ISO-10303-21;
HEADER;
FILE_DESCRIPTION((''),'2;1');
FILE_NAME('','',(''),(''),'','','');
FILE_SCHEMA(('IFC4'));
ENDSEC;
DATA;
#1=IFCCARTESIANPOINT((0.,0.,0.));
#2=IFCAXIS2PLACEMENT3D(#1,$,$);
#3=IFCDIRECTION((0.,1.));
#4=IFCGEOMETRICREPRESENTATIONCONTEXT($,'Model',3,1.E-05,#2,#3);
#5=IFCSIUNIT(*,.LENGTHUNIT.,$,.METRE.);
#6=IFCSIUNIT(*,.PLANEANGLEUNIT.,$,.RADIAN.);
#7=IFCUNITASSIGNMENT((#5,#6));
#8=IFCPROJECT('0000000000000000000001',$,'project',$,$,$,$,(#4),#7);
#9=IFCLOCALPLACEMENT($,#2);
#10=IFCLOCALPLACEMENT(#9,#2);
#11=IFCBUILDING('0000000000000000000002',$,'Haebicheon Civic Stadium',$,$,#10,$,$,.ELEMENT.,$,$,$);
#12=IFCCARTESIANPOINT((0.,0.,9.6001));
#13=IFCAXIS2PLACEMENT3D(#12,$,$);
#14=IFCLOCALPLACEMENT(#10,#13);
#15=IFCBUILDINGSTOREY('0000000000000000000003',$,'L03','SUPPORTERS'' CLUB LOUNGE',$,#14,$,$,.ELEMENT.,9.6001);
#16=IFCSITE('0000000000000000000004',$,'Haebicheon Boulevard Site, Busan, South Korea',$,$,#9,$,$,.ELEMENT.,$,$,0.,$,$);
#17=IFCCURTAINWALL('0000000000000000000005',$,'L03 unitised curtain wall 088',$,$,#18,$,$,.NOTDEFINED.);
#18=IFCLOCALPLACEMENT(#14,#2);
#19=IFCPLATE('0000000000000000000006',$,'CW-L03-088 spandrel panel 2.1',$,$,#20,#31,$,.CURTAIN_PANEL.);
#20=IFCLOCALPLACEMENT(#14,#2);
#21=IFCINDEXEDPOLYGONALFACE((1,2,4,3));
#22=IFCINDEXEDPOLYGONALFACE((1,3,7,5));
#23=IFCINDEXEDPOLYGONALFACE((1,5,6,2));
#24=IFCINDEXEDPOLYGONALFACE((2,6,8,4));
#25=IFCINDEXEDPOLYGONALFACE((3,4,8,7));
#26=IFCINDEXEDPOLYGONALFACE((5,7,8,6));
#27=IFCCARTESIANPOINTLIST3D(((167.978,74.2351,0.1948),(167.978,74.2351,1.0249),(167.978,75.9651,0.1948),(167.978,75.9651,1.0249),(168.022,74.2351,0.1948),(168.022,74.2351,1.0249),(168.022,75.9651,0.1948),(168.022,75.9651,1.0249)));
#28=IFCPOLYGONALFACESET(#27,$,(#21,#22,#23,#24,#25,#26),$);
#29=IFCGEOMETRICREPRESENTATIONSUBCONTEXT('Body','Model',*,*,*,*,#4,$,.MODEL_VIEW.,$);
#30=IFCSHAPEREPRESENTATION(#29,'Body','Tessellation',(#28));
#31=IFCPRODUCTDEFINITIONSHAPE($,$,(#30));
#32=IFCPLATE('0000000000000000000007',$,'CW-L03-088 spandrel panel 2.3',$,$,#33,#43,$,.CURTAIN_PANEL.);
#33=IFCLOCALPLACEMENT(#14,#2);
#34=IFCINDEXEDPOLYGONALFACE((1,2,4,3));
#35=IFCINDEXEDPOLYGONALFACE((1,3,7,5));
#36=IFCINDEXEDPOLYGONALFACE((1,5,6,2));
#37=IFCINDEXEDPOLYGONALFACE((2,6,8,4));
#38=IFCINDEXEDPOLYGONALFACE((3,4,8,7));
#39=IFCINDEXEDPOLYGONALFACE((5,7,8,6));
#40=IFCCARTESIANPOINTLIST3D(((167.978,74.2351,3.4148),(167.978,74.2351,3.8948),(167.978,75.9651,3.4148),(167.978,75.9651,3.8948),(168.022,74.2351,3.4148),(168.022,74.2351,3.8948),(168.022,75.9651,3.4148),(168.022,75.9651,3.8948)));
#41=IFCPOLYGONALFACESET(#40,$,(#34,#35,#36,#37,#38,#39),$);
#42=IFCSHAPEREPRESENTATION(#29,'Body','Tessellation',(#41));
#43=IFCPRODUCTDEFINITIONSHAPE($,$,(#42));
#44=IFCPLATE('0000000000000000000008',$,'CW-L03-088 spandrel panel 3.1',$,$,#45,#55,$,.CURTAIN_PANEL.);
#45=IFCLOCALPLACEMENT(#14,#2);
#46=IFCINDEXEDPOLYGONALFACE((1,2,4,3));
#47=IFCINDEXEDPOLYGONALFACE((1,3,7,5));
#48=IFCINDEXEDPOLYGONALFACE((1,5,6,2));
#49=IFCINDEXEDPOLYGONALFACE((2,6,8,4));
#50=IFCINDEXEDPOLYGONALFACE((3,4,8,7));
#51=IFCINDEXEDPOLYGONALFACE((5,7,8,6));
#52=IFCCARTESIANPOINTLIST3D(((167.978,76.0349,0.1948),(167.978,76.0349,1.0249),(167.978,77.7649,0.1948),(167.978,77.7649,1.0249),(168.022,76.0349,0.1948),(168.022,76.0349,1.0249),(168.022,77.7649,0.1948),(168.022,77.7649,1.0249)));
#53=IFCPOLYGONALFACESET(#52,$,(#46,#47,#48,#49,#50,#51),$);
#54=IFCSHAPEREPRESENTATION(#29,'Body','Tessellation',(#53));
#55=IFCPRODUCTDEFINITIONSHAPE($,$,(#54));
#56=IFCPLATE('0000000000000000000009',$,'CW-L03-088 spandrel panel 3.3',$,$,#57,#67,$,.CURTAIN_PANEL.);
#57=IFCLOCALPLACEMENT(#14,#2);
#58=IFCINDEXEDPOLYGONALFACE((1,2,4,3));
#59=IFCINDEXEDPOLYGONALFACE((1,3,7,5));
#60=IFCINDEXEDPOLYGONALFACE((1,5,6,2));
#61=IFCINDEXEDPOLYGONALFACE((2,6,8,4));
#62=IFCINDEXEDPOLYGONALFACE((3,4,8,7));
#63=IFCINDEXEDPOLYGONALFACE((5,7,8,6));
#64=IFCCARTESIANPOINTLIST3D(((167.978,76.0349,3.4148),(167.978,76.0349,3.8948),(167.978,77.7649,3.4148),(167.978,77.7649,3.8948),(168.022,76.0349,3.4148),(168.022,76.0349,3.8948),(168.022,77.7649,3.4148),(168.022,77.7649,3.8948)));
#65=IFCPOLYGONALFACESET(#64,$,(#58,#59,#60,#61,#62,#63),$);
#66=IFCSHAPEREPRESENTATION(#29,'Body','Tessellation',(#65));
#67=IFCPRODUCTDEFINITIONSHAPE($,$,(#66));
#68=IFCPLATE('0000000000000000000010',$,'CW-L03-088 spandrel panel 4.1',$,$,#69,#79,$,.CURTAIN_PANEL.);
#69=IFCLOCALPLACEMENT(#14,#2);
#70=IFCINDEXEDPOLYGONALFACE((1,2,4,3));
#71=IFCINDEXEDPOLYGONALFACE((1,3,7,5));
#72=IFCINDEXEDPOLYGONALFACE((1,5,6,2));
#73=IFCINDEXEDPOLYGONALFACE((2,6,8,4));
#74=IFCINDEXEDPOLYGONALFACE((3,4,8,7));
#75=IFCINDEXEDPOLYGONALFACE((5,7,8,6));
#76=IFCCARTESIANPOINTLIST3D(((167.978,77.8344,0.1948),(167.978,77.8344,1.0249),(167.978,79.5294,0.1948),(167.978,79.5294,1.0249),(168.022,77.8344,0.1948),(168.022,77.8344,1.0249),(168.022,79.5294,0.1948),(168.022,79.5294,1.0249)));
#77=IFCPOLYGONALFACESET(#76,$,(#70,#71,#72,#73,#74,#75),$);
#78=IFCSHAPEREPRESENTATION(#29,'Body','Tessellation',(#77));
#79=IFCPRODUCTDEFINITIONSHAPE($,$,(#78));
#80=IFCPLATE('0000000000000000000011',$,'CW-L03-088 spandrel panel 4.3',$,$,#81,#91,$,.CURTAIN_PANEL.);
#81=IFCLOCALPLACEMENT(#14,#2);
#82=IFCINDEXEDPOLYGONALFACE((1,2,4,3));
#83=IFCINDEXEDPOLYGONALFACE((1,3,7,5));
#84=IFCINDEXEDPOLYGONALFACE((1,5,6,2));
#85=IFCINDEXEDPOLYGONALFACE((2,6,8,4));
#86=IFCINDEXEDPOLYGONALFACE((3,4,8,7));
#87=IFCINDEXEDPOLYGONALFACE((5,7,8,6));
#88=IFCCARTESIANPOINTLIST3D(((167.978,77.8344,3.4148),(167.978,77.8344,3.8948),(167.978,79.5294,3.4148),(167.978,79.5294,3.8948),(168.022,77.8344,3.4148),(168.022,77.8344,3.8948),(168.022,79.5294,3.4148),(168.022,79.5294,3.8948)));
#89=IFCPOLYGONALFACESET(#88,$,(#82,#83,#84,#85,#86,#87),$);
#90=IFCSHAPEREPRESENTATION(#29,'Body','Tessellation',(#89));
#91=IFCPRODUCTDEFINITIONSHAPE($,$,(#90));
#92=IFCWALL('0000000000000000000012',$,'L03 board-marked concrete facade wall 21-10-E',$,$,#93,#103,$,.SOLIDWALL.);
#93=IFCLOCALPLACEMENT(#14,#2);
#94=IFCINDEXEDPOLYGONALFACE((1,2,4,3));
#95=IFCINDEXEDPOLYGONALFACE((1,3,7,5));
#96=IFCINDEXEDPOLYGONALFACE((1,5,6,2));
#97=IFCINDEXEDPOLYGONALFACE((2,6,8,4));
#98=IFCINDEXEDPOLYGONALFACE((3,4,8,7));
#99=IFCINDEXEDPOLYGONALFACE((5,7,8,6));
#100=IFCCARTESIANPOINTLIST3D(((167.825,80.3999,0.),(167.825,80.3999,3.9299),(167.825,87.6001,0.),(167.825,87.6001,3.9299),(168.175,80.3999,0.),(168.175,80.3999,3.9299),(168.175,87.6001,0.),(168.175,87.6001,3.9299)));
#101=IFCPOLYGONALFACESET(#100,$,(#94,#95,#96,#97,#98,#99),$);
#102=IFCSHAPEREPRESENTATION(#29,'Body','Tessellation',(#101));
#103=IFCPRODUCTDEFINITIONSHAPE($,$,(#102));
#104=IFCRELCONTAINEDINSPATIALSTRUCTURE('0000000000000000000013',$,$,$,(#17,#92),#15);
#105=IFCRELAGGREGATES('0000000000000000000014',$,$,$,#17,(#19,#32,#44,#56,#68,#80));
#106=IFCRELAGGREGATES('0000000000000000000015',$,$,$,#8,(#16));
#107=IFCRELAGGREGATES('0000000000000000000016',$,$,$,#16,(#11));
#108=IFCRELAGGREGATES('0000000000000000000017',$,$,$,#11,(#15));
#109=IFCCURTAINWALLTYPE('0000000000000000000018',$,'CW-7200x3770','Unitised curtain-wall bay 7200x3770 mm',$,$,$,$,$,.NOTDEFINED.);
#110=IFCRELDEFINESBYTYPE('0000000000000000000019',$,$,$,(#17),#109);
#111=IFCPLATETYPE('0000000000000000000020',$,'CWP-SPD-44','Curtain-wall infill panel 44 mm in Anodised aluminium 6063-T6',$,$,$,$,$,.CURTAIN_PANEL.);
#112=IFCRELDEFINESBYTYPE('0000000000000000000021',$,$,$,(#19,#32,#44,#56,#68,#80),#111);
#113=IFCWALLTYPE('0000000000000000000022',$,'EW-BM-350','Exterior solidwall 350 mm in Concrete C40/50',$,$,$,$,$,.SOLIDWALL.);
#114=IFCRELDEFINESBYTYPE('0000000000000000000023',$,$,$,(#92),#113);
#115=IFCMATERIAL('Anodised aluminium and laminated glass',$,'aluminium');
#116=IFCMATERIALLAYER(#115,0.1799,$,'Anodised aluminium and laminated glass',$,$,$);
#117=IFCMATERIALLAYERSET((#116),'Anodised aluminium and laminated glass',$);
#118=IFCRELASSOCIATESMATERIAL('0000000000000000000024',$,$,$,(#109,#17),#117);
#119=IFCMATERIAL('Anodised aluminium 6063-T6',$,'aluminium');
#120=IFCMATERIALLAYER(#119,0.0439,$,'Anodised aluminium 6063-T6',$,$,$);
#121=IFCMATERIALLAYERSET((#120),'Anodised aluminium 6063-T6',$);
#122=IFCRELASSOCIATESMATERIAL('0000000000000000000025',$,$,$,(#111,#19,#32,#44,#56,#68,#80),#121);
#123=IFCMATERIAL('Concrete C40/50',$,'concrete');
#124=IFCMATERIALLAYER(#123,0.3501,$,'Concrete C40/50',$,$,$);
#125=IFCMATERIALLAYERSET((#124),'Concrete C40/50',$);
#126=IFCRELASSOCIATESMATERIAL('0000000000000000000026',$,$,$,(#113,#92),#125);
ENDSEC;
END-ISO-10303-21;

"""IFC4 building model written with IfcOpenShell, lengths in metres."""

from ifc_helpers import new_model, si_unit, direction, frame, frame_2d, origin, origin_2d, place, context, subcontext, project, spatial, rectangle, extrude, material, layer, layer_set, type_object, element, aggregate, save


model = new_model("IFC4")

# Units and contexts
model_context = context("Model", 3, precision=1e-05, world=origin(), true_north=direction((0.0, 1.0)))
body_context = subcontext(model_context, "Body", "Model", "MODEL_VIEW")
ifc_project = project(units=[si_unit("LENGTHUNIT", "METRE"), si_unit("PLANEANGLEUNIT", "RADIAN")], contexts=[model_context])

# Site, building, storey
site_placement = place(None, origin())
site = spatial("IfcSite", under=ifc_project, at=site_placement, Name="Haebicheon Boulevard Site, Busan, South Korea", CompositionType="ELEMENT", RefElevation=0.0)
building_placement = place(site_placement, origin())
building = spatial("IfcBuilding", under=site, at=building_placement, Name="Haebicheon Civic Stadium", CompositionType="ELEMENT")
storey_placement = place(building_placement, frame((0.0, 0.0, 9.6001)))
storey = spatial("IfcBuildingStorey", under=building, at=storey_placement, Name="L03", Description="SUPPORTERS' CLUB LOUNGE", CompositionType="ELEMENT", Elevation=9.6001)

# Curtain wall
ifc_material_1 = material(Name="Anodised aluminium and laminated glass", Category="aluminium")
ifc_layer_1 = layer(ifc_material_1, 0.1799, Name="Anodised aluminium and laminated glass")
ifc_layer_set_1 = layer_set([ifc_layer_1], Name="Anodised aluminium and laminated glass")
curtain_wall_type = type_object("IfcCurtainWallType", Name="CW-7200x3770", Description="Unitised curtain-wall bay 7200x3770 mm", PredefinedType="NOTDEFINED", material=ifc_layer_set_1)
curtain_wall_placement = place(storey_placement, origin())
curtain_wall = element("IfcCurtainWall", 1, at=curtain_wall_placement, inside=storey, type_object=curtain_wall_type, material=ifc_layer_set_1, Name="L03 unitised curtain wall 088", PredefinedType="NOTDEFINED")

# Plates
ifc_material_2 = material(Name="Anodised aluminium 6063-T6", Category="aluminium")
ifc_layer_2 = layer(ifc_material_2, 0.0439, Name="Anodised aluminium 6063-T6")
ifc_layer_set_2 = layer_set([ifc_layer_2], Name="Anodised aluminium 6063-T6")
plate_type_1 = type_object("IfcPlateType", Name="CWP-SPD-44", Description="Curtain-wall infill panel 44 mm in Anodised aluminium 6063-T6", PredefinedType="CURTAIN_PANEL", material=ifc_layer_set_2)
plate_1_placement = place(storey_placement, frame((168.0, 75.1001, 0.1948), z_axis=(0.0, 0.0, 1.0), x_axis=(0.0, 1.0, 0.0)))
plate_1 = element("IfcPlate", 2, at=plate_1_placement, type_object=plate_type_1, material=ifc_layer_set_2, Name="CW-L03-088 spandrel panel 2.1", PredefinedType="CURTAIN_PANEL", context=body_context, shape_type="SweptSolid", body=[
    extrude(rectangle(XDim=1.73, YDim=0.0439, at=origin_2d()), origin(), (0.0, 0.0, 1.0), 0.8301),
])
plate_2_placement = place(storey_placement, frame((168.0, 75.1001, 3.4148), z_axis=(0.0, 0.0, 1.0), x_axis=(0.0, 1.0, 0.0)))
plate_2 = element("IfcPlate", 3, at=plate_2_placement, type_object=plate_type_1, material=ifc_layer_set_2, Name="CW-L03-088 spandrel panel 2.3", PredefinedType="CURTAIN_PANEL", context=body_context, shape_type="SweptSolid", body=[
    extrude(rectangle(XDim=1.73, YDim=0.0439, at=origin_2d()), origin(), (0.0, 0.0, 1.0), 0.48),
])
plate_3_placement = place(storey_placement, frame((168.0, 76.8999, 0.1948), z_axis=(0.0, 0.0, 1.0), x_axis=(0.0, 1.0, 0.0)))
plate_3 = element("IfcPlate", 4, at=plate_3_placement, type_object=plate_type_1, material=ifc_layer_set_2, Name="CW-L03-088 spandrel panel 3.1", PredefinedType="CURTAIN_PANEL", context=body_context, shape_type="SweptSolid", body=[
    extrude(rectangle(XDim=1.73, YDim=0.0439, at=origin_2d()), origin(), (0.0, 0.0, 1.0), 0.8301),
])
plate_4_placement = place(storey_placement, frame((168.0, 76.8999, 3.4148), z_axis=(0.0, 0.0, 1.0), x_axis=(0.0, 1.0, 0.0)))
plate_4 = element("IfcPlate", 5, at=plate_4_placement, type_object=plate_type_1, material=ifc_layer_set_2, Name="CW-L03-088 spandrel panel 3.3", PredefinedType="CURTAIN_PANEL", context=body_context, shape_type="SweptSolid", body=[
    extrude(rectangle(XDim=1.73, YDim=0.0439, at=origin_2d()), origin(), (0.0, 0.0, 1.0), 0.48),
])
plate_5_placement = place(storey_placement, frame((168.0, 78.6819, 0.1948), z_axis=(0.0, 0.0, 1.0), x_axis=(0.0, 1.0, 0.0)))
plate_5 = element("IfcPlate", 6, at=plate_5_placement, type_object=plate_type_1, material=ifc_layer_set_2, Name="CW-L03-088 spandrel panel 4.1", PredefinedType="CURTAIN_PANEL", context=body_context, shape_type="SweptSolid", body=[
    extrude(rectangle(XDim=1.6951, YDim=0.0439, at=origin_2d()), origin(), (0.0, 0.0, 1.0), 0.8301),
])
plate_6_placement = place(storey_placement, frame((168.0, 78.6819, 3.4148), z_axis=(0.0, 0.0, 1.0), x_axis=(0.0, 1.0, 0.0)))
plate_6 = element("IfcPlate", 7, at=plate_6_placement, type_object=plate_type_1, material=ifc_layer_set_2, Name="CW-L03-088 spandrel panel 4.3", PredefinedType="CURTAIN_PANEL", context=body_context, shape_type="SweptSolid", body=[
    extrude(rectangle(XDim=1.6951, YDim=0.0439, at=origin_2d()), origin(), (0.0, 0.0, 1.0), 0.48),
])
aggregate(curtain_wall, [plate_1, plate_2, plate_3, plate_4, plate_5, plate_6])

# Wall
ifc_material_3 = material(Name="Concrete C40/50", Category="concrete")
ifc_layer_3 = layer(ifc_material_3, 0.3501, Name="Concrete C40/50")
ifc_layer_set_3 = layer_set([ifc_layer_3], Name="Concrete C40/50")
wall_type = type_object("IfcWallType", Name="EW-BM-350", Description="Exterior solidwall 350 mm in Concrete C40/50", PredefinedType="SOLIDWALL", material=ifc_layer_set_3)
wall_placement = place(storey_placement, frame((168.0, 80.3999, 0.0), z_axis=(0.0, 0.0, 1.0), x_axis=(0.0, 1.0, 0.0)))
element("IfcWall", 8, at=wall_placement, inside=storey, type_object=wall_type, material=ifc_layer_set_3, Name="L03 board-marked concrete facade wall 21-10-E", PredefinedType="SOLIDWALL", context=body_context, shape_type="SweptSolid", body=[
    extrude(rectangle(XDim=7.2002, YDim=0.3501, at=frame_2d((3.6001, 0.0))), origin(), (0.0, 0.0, 1.0), 3.9299),
])

save(model, "model.ifc")
